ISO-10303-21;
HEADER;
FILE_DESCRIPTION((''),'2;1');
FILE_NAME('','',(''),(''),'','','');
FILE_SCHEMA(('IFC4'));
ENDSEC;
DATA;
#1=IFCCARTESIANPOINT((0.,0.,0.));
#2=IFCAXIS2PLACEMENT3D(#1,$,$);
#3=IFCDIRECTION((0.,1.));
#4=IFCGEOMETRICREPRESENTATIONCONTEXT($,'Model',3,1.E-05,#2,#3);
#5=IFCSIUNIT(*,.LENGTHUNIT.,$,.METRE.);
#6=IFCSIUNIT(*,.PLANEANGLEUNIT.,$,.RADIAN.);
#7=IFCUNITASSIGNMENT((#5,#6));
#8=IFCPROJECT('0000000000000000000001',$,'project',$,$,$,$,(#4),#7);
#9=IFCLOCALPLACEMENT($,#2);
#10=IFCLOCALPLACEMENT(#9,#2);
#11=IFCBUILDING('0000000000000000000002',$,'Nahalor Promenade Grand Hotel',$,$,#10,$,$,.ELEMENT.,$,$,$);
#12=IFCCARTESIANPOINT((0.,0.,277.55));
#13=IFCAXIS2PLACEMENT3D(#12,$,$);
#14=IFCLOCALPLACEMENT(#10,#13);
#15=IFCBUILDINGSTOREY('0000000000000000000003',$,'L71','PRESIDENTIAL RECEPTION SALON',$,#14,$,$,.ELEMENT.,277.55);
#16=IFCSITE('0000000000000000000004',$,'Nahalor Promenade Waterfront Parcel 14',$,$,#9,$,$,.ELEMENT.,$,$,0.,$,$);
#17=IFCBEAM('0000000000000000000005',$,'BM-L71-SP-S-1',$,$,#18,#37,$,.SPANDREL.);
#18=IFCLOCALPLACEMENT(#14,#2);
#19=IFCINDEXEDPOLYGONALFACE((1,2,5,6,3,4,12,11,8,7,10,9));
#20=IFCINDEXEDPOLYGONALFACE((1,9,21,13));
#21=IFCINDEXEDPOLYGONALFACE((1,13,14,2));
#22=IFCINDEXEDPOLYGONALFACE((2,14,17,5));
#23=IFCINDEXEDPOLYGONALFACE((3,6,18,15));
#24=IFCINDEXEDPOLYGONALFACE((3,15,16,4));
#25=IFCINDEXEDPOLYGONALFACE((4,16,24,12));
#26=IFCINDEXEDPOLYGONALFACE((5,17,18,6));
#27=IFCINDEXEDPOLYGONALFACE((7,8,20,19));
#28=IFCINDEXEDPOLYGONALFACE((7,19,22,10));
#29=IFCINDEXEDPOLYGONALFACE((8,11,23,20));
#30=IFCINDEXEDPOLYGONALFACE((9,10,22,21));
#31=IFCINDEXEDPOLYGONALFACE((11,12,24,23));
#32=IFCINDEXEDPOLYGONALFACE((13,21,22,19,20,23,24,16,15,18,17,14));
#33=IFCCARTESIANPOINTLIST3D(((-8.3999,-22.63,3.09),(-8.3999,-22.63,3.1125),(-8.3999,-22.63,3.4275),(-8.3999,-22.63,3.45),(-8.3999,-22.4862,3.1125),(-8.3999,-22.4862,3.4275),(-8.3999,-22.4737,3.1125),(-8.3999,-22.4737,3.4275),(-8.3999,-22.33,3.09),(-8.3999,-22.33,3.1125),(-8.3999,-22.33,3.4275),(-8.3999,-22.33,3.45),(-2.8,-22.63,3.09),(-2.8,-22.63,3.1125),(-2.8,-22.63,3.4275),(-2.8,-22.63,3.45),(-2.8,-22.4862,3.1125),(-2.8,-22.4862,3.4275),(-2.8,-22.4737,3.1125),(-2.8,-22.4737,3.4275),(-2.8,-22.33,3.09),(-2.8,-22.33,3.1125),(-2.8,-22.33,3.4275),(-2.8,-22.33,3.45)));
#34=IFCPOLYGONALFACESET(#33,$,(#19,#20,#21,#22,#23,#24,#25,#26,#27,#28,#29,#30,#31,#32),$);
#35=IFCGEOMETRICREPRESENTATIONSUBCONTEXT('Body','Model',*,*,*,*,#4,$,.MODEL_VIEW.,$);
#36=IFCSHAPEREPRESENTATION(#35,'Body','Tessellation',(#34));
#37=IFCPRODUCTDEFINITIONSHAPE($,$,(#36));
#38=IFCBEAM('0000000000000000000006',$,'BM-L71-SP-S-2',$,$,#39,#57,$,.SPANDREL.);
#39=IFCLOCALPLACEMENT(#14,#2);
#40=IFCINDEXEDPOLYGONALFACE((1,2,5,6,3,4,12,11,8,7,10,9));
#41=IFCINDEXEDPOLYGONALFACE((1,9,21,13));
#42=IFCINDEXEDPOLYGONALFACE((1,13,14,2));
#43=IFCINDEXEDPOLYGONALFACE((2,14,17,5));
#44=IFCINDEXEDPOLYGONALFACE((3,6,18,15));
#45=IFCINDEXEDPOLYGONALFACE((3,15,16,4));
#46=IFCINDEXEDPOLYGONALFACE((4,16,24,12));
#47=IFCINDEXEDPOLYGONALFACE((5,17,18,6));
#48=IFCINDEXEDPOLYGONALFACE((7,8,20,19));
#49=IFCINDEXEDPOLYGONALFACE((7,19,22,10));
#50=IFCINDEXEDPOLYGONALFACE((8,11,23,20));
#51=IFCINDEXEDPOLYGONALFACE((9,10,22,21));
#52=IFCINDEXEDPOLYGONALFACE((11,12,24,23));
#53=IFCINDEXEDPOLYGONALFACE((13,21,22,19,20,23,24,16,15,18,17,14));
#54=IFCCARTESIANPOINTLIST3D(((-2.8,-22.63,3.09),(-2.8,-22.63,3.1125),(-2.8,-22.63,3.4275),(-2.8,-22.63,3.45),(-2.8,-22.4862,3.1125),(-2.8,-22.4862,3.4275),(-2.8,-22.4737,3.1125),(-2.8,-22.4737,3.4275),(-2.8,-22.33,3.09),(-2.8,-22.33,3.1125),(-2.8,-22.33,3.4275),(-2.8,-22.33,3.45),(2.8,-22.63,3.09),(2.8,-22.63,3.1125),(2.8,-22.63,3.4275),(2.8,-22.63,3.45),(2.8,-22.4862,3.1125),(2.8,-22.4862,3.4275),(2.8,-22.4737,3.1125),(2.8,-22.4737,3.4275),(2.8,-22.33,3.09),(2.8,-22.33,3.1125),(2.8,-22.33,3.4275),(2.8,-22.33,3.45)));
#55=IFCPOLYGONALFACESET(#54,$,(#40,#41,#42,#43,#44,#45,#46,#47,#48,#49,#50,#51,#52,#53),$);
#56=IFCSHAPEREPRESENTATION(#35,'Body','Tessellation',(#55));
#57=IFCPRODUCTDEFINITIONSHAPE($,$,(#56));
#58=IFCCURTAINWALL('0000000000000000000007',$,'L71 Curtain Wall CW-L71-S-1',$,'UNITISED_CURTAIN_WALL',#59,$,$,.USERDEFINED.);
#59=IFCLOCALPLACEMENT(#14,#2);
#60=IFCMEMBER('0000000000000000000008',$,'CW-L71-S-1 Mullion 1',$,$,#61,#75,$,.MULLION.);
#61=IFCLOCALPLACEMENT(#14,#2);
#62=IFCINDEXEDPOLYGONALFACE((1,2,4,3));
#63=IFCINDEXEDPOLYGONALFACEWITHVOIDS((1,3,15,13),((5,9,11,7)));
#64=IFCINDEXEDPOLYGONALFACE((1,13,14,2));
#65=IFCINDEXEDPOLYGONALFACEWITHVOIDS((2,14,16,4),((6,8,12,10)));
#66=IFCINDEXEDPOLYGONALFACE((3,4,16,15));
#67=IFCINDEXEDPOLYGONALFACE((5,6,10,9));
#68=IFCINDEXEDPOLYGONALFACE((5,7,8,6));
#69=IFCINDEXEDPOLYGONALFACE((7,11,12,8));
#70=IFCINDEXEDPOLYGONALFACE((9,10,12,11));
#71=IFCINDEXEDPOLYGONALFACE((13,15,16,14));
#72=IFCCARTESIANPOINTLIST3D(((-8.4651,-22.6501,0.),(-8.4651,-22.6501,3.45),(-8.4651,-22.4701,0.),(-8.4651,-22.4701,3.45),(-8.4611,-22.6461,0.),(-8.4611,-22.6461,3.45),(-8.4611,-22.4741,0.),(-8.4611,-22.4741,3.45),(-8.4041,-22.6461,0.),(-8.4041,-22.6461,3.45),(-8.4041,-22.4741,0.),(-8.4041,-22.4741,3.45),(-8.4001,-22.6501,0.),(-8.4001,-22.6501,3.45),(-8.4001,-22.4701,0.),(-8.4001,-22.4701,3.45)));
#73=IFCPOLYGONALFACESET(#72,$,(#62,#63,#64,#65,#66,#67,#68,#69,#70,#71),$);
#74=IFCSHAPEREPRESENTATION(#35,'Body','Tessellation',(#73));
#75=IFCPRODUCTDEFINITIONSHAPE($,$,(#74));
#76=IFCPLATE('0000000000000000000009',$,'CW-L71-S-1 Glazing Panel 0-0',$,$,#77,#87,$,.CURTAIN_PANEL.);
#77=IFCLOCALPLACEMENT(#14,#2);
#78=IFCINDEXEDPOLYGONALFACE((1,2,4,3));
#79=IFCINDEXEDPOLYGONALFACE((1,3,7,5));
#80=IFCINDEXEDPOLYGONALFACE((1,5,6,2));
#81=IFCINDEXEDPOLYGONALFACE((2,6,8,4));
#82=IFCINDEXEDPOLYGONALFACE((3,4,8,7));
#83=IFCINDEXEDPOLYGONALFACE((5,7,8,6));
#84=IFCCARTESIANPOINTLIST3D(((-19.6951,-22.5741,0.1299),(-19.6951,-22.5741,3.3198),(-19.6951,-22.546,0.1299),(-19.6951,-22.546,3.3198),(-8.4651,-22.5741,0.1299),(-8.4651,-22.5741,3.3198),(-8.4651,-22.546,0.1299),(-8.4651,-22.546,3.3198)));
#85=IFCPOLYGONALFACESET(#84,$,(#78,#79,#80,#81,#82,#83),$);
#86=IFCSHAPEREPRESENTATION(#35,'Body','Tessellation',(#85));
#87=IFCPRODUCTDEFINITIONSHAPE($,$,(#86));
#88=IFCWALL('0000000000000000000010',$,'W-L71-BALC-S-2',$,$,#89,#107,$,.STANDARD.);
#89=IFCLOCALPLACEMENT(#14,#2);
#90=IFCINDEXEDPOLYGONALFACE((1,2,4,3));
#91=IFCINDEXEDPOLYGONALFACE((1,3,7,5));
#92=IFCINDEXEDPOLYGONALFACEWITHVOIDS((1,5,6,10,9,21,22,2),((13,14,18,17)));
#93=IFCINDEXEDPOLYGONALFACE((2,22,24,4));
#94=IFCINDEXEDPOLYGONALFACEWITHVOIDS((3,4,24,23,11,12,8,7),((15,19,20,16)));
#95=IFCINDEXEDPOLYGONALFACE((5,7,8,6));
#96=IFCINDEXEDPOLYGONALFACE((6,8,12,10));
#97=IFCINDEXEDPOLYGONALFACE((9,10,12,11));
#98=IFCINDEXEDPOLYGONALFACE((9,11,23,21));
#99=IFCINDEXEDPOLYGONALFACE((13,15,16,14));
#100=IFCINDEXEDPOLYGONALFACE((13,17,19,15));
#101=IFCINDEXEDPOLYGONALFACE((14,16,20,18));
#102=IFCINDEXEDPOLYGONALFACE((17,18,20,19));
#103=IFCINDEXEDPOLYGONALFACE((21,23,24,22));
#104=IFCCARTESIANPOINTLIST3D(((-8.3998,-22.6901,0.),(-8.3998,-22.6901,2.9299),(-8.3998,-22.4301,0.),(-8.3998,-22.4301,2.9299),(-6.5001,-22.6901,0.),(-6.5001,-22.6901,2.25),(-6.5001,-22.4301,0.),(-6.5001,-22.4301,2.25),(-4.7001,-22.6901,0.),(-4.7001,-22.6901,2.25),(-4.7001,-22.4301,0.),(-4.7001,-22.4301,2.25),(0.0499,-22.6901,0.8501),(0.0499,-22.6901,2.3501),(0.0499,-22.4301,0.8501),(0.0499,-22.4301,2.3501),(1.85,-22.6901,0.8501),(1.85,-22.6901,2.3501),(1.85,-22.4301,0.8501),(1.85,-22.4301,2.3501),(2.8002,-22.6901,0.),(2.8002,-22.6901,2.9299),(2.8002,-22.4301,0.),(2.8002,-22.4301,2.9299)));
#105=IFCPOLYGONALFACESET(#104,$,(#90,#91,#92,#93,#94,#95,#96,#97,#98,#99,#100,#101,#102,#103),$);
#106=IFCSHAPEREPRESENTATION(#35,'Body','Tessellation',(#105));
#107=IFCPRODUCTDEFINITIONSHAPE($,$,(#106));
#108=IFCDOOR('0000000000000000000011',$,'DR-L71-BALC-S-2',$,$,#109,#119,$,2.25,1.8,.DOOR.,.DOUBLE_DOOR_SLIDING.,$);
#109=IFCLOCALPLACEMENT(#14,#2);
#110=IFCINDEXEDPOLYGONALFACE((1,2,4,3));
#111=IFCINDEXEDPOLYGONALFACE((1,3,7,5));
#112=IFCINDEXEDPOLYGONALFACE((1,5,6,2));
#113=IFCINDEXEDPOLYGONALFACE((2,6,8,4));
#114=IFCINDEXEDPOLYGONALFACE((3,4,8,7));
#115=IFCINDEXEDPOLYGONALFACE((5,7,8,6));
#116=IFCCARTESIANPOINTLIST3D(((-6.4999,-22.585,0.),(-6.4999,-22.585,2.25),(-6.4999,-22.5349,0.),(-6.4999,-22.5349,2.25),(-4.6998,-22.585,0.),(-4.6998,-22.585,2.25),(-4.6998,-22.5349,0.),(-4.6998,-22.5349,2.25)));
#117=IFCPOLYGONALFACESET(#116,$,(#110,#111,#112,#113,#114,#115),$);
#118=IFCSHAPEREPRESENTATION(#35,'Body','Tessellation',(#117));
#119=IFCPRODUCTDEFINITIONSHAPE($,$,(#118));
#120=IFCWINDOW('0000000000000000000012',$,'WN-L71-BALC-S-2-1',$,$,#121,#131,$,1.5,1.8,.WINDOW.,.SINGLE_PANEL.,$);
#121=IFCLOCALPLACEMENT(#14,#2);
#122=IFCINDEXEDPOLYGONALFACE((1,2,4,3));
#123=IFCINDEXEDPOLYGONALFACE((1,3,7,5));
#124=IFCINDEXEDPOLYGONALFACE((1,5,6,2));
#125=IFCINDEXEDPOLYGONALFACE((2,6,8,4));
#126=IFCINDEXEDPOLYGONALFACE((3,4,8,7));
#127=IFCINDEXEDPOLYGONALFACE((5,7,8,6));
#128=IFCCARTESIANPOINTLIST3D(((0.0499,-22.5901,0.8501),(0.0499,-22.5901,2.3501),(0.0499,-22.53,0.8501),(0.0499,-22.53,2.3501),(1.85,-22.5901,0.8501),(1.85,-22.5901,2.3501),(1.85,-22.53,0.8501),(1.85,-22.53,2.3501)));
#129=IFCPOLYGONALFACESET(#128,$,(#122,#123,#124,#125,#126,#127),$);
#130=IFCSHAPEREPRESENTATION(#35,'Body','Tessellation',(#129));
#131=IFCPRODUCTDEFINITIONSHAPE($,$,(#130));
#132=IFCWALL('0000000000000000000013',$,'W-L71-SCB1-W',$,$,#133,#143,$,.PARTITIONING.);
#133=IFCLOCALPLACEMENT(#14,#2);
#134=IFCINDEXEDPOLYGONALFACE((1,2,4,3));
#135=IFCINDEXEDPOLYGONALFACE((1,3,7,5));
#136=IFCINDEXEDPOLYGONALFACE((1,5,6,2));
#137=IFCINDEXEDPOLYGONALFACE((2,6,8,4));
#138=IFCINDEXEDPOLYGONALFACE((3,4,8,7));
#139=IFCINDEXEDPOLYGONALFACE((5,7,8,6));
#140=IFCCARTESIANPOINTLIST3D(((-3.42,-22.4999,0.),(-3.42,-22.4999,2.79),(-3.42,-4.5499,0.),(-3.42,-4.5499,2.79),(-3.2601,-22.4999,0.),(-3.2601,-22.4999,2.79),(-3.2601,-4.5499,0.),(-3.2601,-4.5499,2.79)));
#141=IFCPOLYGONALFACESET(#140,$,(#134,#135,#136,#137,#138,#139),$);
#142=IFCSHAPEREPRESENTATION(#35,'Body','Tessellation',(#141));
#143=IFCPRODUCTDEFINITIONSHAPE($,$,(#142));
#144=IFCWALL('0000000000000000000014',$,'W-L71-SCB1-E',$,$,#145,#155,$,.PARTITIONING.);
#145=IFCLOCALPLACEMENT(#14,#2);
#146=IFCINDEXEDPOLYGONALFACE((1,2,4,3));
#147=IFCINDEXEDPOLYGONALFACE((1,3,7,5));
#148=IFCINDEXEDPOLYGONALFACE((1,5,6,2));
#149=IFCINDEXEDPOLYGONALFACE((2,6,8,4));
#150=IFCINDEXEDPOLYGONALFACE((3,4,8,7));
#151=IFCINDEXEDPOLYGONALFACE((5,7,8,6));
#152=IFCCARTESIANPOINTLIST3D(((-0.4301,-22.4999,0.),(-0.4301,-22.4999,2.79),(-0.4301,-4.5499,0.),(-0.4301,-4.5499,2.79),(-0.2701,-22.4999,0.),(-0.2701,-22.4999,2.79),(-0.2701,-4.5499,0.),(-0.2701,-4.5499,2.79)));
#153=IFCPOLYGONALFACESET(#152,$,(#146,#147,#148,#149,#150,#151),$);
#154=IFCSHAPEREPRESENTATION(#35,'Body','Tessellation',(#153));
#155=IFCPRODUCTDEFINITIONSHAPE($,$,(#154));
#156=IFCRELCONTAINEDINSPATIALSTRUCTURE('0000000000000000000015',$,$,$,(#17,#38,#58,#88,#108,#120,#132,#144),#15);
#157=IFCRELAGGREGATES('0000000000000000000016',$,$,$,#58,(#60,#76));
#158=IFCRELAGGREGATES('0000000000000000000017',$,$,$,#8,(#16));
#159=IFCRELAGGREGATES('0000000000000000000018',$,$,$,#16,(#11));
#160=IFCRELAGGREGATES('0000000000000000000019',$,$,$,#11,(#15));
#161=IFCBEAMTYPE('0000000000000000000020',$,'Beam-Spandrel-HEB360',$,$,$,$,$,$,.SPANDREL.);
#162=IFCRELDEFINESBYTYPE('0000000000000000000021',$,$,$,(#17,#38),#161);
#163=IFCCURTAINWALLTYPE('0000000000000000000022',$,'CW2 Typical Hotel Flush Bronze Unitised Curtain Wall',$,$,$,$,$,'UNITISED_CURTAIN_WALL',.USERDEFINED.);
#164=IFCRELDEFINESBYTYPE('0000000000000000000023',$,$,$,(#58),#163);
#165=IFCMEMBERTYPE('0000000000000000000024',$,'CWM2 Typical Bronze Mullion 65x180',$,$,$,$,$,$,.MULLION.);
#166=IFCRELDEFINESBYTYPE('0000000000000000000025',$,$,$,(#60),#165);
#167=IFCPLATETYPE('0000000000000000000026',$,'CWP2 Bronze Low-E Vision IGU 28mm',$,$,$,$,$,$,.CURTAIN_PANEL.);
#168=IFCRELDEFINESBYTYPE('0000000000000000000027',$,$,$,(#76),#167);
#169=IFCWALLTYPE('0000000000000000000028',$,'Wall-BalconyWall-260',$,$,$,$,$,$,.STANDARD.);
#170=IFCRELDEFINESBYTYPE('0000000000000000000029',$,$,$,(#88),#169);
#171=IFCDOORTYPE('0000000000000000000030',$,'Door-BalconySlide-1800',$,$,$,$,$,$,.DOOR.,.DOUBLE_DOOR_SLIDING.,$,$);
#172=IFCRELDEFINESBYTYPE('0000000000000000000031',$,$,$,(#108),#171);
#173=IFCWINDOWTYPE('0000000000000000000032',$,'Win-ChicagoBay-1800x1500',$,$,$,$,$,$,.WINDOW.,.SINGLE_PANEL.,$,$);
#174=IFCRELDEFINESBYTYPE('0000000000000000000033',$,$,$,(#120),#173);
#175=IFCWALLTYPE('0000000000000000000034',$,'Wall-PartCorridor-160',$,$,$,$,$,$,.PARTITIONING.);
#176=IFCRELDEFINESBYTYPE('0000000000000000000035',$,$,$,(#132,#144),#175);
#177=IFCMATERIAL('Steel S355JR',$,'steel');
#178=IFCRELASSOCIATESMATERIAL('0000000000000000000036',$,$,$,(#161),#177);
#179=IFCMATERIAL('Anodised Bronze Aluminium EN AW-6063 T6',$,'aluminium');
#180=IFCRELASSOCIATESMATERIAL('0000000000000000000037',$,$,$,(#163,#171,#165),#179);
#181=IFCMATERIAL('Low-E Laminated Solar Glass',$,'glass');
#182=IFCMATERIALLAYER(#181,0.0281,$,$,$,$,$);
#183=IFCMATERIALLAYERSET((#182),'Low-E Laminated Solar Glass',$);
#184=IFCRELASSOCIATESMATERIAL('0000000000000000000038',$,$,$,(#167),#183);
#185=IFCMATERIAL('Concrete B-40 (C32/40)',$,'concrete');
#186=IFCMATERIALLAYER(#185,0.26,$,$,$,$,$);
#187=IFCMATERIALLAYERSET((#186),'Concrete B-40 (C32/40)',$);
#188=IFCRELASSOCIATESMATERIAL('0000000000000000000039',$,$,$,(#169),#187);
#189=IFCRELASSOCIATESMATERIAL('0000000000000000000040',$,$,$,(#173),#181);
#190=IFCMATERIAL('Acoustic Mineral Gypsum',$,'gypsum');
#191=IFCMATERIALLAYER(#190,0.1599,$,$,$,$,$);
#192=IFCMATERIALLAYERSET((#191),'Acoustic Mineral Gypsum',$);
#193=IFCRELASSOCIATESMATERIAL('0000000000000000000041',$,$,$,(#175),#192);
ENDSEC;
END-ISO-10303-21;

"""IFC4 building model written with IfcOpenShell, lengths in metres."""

from ifc_helpers import new_model, si_unit, direction, frame, frame_2d, origin, origin_2d, place, context, subcontext, project, spatial, rectangle, hollow_rectangle, i_section, extrude, source, transform, mapped, material, layer, layer_set, material_profile, profile_set, type_object, element, fill, aggregate, save


model = new_model("IFC4")

# Units and contexts
model_context = context("Model", 3, precision=1e-05, world=origin(), true_north=direction((0.0, 1.0)))
body_context = subcontext(model_context, "Body", "Model", "MODEL_VIEW")
ifc_project = project(units=[si_unit("LENGTHUNIT", "METRE"), si_unit("PLANEANGLEUNIT", "RADIAN")], contexts=[model_context])

# Site, building, storey
site_placement = place(None, origin())
site = spatial("IfcSite", under=ifc_project, at=site_placement, Name="Nahalor Promenade Waterfront Parcel 14", CompositionType="ELEMENT", RefElevation=0.0)
building_placement = place(site_placement, origin())
building = spatial("IfcBuilding", under=site, at=building_placement, Name="Nahalor Promenade Grand Hotel", CompositionType="ELEMENT")
storey_placement = place(building_placement, frame((0.0, 0.0, 277.55)))
storey = spatial("IfcBuildingStorey", under=building, at=storey_placement, Name="L71", Description="PRESIDENTIAL RECEPTION SALON", CompositionType="ELEMENT", Elevation=277.55)

# Shared definitions
ifc_material_1 = material(Name="Steel S355JR", Category="steel")

# Beams
ifc_material_profile_1 = material_profile(ifc_material_1, i_section(OverallWidth=0.3, OverallDepth=0.36, WebThickness=0.0125, FlangeThickness=0.0225, at=origin_2d()), Name="HEB 360")
ifc_profile_set_1 = profile_set([ifc_material_profile_1], Name="Steel S355JR")
beam_type_1 = type_object("IfcBeamType", Name="Beam-Spandrel-HEB360", PredefinedType="SPANDREL", material=ifc_profile_set_1)
shared_shape_1 = source(origin(), body_context, "Body", "SweptSolid", [
    extrude(i_section(OverallWidth=0.3, OverallDepth=0.36, WebThickness=0.0125, FlangeThickness=0.0225, at=origin_2d()), origin(), (0.0, 0.0, 1.0), 5.5999),
])
beam_1_placement = place(storey_placement, frame((-8.3999, -22.48, 3.27), z_axis=(1.0, 0.0, 0.0), x_axis=(0.0, 1.0, 0.0)))
element("IfcBeam", 1, at=beam_1_placement, inside=storey, type_object=beam_type_1, Name="BM-L71-SP-S-1", PredefinedType="SPANDREL", context=body_context, shape_type="MappedRepresentation", body=[
    mapped(shared_shape_1, transform((0.0, 0.0, 0.0), scale=1.0)),
])
shared_shape_2 = source(origin(), body_context, "Body", "SweptSolid", [
    extrude(i_section(OverallWidth=0.3, OverallDepth=0.36, WebThickness=0.0125, FlangeThickness=0.0225, at=origin_2d()), origin(), (0.0, 0.0, 1.0), 5.6001),
])
beam_2_placement = place(storey_placement, frame((-2.8, -22.48, 3.27), z_axis=(1.0, 0.0, 0.0), x_axis=(0.0, 1.0, 0.0)))
element("IfcBeam", 2, at=beam_2_placement, inside=storey, type_object=beam_type_1, Name="BM-L71-SP-S-2", PredefinedType="SPANDREL", context=body_context, shape_type="MappedRepresentation", body=[
    mapped(shared_shape_2, transform((0.0, 0.0, 0.0), scale=1.0)),
])

# Curtain wall, member, plate
ifc_material_2 = material(Name="Anodised Bronze Aluminium EN AW-6063 T6", Category="aluminium")
curtain_wall_type = type_object("IfcCurtainWallType", Name="CW2 Typical Hotel Flush Bronze Unitised Curtain Wall", ElementType="UNITISED_CURTAIN_WALL", PredefinedType="USERDEFINED", material=ifc_material_2)
curtain_wall_placement = place(storey_placement, origin())
curtain_wall = element("IfcCurtainWall", 3, at=curtain_wall_placement, inside=storey, type_object=curtain_wall_type, Name="L71 Curtain Wall CW-L71-S-1", ObjectType="UNITISED_CURTAIN_WALL", PredefinedType="USERDEFINED")
ifc_material_profile_2 = material_profile(ifc_material_2, hollow_rectangle(XDim=0.065, YDim=0.18, WallThickness=0.004, at=origin_2d()), Name="CWM 65x180x4")
ifc_profile_set_2 = profile_set([ifc_material_profile_2], Name="Anodised Bronze Aluminium EN AW-6063 T6")
member_type = type_object("IfcMemberType", Name="CWM2 Typical Bronze Mullion 65x180", PredefinedType="MULLION", material=ifc_profile_set_2)
shared_shape_3 = source(origin(), body_context, "Body", "SweptSolid", [
    extrude(hollow_rectangle(XDim=0.065, YDim=0.18, WallThickness=0.004, at=origin_2d()), origin(), (0.0, 0.0, 1.0), 3.45),
])
member_placement = place(storey_placement, frame((-8.4326, -22.5601, 0.0), z_axis=(0.0, 0.0, 1.0), x_axis=(1.0, 0.0, 0.0)))
member = element("IfcMember", 4, at=member_placement, type_object=member_type, Name="CW-L71-S-1 Mullion 1", PredefinedType="MULLION", context=body_context, shape_type="MappedRepresentation", body=[
    mapped(shared_shape_3, transform((0.0, 0.0, 0.0), scale=1.0)),
])
ifc_material_3 = material(Name="Low-E Laminated Solar Glass", Category="glass")
ifc_layer_1 = layer(ifc_material_3, 0.0281)
ifc_layer_set_1 = layer_set([ifc_layer_1], Name="Low-E Laminated Solar Glass")
plate_type = type_object("IfcPlateType", Name="CWP2 Bronze Low-E Vision IGU 28mm", PredefinedType="CURTAIN_PANEL", material=ifc_layer_set_1)
shared_shape_4 = source(origin(), body_context, "Body", "SweptSolid", [
    extrude(rectangle(XDim=11.23, YDim=0.0281, at=origin_2d()), origin(), (0.0, 0.0, 1.0), 3.1899),
])
plate_placement = place(storey_placement, frame((-14.0801, -22.5601, 0.1299), z_axis=(0.0, 0.0, 1.0), x_axis=(1.0, 0.0, 0.0)))
plate = element("IfcPlate", 5, at=plate_placement, type_object=plate_type, Name="CW-L71-S-1 Glazing Panel 0-0", PredefinedType="CURTAIN_PANEL", context=body_context, shape_type="MappedRepresentation", body=[
    mapped(shared_shape_4, transform((0.0, 0.0, 0.0), scale=1.0)),
])
aggregate(curtain_wall, [member, plate])

# Wall, openings, door, window
ifc_material_4 = material(Name="Concrete B-40 (C32/40)", Category="concrete")
ifc_layer_2 = layer(ifc_material_4, 0.26)
ifc_layer_set_2 = layer_set([ifc_layer_2], Name="Concrete B-40 (C32/40)")
wall_type_1 = type_object("IfcWallType", Name="Wall-BalconyWall-260", PredefinedType="STANDARD", material=ifc_layer_set_2)
shared_shape_5 = source(origin(), body_context, "Body", "SweptSolid", [
    extrude(rectangle(XDim=11.2, YDim=0.26, at=frame_2d((5.6001, 0.0))), origin(), (0.0, 0.0, 1.0), 2.9299),
])
wall_placement = place(storey_placement, frame((-8.3999, -22.5601, 0.0), z_axis=(0.0, 0.0, 1.0), x_axis=(1.0, 0.0, 0.0)))
wall = element("IfcWall", 6, at=wall_placement, inside=storey, type_object=wall_type_1, Name="W-L71-BALC-S-2", PredefinedType="STANDARD", context=body_context, shape_type="MappedRepresentation", body=[
    mapped(shared_shape_5, transform((0.0, 0.0, 0.0), scale=1.0)),
])
opening_1_placement = place(wall_placement, frame((1.8999, 0.0, 0.0)))
opening_1 = element("IfcOpeningElement", 7, at=opening_1_placement, cuts=wall, PredefinedType="OPENING", context=body_context, shape_type="SweptSolid", body=[
    extrude(rectangle(XDim=1.8, YDim=2.25, at=frame_2d((0.8999, 1.125))), frame((0.0, 0.1399, 0.0), z_axis=(0.0, -1.0, 0.0), x_axis=(1.0, 0.0, 0.0)), (0.0, 0.0, 1.0), 0.28),
])
opening_2_placement = place(wall_placement, frame((8.45, 0.0, 0.8501)))
opening_2 = element("IfcOpeningElement", 8, at=opening_2_placement, cuts=wall, PredefinedType="OPENING", context=body_context, shape_type="SweptSolid", body=[
    extrude(rectangle(XDim=1.8, YDim=1.5, at=frame_2d((0.8999, 0.75))), frame((0.0, 0.1399, 0.0), z_axis=(0.0, -1.0, 0.0), x_axis=(1.0, 0.0, 0.0)), (0.0, 0.0, 1.0), 0.28),
])
door_type = type_object("IfcDoorType", Name="Door-BalconySlide-1800", OperationType="DOUBLE_DOOR_SLIDING", PredefinedType="DOOR", material=ifc_material_2)
shared_shape_6 = source(origin(), body_context, "Body", "SweptSolid", [
    extrude(rectangle(XDim=1.8, YDim=2.25, at=frame_2d((0.8999, 1.125))), frame((0.0, 0.0249, 0.0), z_axis=(0.0, -1.0, 0.0), x_axis=(1.0, 0.0, 0.0)), (0.0, 0.0, 1.0), 0.05),
])
door_placement = place(opening_1_placement, frame((1.8, 0.0, 0.0), z_axis=(0.0, 0.0, 1.0), x_axis=(-1.0, 0.0, 0.0)))
door = element("IfcDoor", 9, at=door_placement, inside=storey, type_object=door_type, Name="DR-L71-BALC-S-2", OperationType="DOUBLE_DOOR_SLIDING", OverallHeight=2.25, OverallWidth=1.8, PredefinedType="DOOR", context=body_context, shape_type="MappedRepresentation", body=[
    mapped(shared_shape_6, transform((0.0, 0.0, 0.0), scale=1.0)),
])
fill(opening_1, door)
window_type = type_object("IfcWindowType", Name="Win-ChicagoBay-1800x1500", PartitioningType="SINGLE_PANEL", PredefinedType="WINDOW", material=ifc_material_3)
shared_shape_7 = source(origin(), body_context, "Body", "SweptSolid", [
    extrude(rectangle(XDim=1.8, YDim=1.5, at=frame_2d((0.8999, 0.75))), frame((0.0, 0.03, 0.0), z_axis=(0.0, -1.0, 0.0), x_axis=(1.0, 0.0, 0.0)), (0.0, 0.0, 1.0), 0.0601),
])
window_placement = place(opening_2_placement, origin())
window = element("IfcWindow", 10, at=window_placement, inside=storey, type_object=window_type, Name="WN-L71-BALC-S-2-1", OverallHeight=1.5, OverallWidth=1.8, PartitioningType="SINGLE_PANEL", PredefinedType="WINDOW", context=body_context, shape_type="MappedRepresentation", body=[
    mapped(shared_shape_7, transform((0.0, 0.0, 0.0), scale=1.0)),
])
fill(opening_2, window)

# Walls
ifc_material_5 = material(Name="Acoustic Mineral Gypsum", Category="gypsum")
ifc_layer_3 = layer(ifc_material_5, 0.1599)
ifc_layer_set_3 = layer_set([ifc_layer_3], Name="Acoustic Mineral Gypsum")
wall_type_2 = type_object("IfcWallType", Name="Wall-PartCorridor-160", PredefinedType="PARTITIONING", material=ifc_layer_set_3)
shared_shape_8 = source(origin(), body_context, "Body", "SweptSolid", [
    extrude(rectangle(XDim=17.95, YDim=0.1599, at=frame_2d((8.9751, 0.0))), origin(), (0.0, 0.0, 1.0), 2.79),
])
for number, where, z_axis, x_axis, name in (
    (11, (-3.3401, -22.5, 0.0), (0.0, 0.0, 1.0), (0.0, 1.0, 0.0), "W-L71-SCB1-W"),
    (12, (-0.3501, -22.5, 0.0), (0.0, 0.0, 1.0), (0.0, 1.0, 0.0), "W-L71-SCB1-E"),
):
    element("IfcWall", number, at=place(storey_placement, frame(where, z_axis=z_axis, x_axis=x_axis)), inside=storey, type_object=wall_type_2, Name=name, PredefinedType="PARTITIONING", context=body_context, shape_type="MappedRepresentation", body=[
        mapped(shared_shape_8, transform((0.0, 0.0, 0.0), scale=1.0)),
    ])

save(model, "model.ifc")
